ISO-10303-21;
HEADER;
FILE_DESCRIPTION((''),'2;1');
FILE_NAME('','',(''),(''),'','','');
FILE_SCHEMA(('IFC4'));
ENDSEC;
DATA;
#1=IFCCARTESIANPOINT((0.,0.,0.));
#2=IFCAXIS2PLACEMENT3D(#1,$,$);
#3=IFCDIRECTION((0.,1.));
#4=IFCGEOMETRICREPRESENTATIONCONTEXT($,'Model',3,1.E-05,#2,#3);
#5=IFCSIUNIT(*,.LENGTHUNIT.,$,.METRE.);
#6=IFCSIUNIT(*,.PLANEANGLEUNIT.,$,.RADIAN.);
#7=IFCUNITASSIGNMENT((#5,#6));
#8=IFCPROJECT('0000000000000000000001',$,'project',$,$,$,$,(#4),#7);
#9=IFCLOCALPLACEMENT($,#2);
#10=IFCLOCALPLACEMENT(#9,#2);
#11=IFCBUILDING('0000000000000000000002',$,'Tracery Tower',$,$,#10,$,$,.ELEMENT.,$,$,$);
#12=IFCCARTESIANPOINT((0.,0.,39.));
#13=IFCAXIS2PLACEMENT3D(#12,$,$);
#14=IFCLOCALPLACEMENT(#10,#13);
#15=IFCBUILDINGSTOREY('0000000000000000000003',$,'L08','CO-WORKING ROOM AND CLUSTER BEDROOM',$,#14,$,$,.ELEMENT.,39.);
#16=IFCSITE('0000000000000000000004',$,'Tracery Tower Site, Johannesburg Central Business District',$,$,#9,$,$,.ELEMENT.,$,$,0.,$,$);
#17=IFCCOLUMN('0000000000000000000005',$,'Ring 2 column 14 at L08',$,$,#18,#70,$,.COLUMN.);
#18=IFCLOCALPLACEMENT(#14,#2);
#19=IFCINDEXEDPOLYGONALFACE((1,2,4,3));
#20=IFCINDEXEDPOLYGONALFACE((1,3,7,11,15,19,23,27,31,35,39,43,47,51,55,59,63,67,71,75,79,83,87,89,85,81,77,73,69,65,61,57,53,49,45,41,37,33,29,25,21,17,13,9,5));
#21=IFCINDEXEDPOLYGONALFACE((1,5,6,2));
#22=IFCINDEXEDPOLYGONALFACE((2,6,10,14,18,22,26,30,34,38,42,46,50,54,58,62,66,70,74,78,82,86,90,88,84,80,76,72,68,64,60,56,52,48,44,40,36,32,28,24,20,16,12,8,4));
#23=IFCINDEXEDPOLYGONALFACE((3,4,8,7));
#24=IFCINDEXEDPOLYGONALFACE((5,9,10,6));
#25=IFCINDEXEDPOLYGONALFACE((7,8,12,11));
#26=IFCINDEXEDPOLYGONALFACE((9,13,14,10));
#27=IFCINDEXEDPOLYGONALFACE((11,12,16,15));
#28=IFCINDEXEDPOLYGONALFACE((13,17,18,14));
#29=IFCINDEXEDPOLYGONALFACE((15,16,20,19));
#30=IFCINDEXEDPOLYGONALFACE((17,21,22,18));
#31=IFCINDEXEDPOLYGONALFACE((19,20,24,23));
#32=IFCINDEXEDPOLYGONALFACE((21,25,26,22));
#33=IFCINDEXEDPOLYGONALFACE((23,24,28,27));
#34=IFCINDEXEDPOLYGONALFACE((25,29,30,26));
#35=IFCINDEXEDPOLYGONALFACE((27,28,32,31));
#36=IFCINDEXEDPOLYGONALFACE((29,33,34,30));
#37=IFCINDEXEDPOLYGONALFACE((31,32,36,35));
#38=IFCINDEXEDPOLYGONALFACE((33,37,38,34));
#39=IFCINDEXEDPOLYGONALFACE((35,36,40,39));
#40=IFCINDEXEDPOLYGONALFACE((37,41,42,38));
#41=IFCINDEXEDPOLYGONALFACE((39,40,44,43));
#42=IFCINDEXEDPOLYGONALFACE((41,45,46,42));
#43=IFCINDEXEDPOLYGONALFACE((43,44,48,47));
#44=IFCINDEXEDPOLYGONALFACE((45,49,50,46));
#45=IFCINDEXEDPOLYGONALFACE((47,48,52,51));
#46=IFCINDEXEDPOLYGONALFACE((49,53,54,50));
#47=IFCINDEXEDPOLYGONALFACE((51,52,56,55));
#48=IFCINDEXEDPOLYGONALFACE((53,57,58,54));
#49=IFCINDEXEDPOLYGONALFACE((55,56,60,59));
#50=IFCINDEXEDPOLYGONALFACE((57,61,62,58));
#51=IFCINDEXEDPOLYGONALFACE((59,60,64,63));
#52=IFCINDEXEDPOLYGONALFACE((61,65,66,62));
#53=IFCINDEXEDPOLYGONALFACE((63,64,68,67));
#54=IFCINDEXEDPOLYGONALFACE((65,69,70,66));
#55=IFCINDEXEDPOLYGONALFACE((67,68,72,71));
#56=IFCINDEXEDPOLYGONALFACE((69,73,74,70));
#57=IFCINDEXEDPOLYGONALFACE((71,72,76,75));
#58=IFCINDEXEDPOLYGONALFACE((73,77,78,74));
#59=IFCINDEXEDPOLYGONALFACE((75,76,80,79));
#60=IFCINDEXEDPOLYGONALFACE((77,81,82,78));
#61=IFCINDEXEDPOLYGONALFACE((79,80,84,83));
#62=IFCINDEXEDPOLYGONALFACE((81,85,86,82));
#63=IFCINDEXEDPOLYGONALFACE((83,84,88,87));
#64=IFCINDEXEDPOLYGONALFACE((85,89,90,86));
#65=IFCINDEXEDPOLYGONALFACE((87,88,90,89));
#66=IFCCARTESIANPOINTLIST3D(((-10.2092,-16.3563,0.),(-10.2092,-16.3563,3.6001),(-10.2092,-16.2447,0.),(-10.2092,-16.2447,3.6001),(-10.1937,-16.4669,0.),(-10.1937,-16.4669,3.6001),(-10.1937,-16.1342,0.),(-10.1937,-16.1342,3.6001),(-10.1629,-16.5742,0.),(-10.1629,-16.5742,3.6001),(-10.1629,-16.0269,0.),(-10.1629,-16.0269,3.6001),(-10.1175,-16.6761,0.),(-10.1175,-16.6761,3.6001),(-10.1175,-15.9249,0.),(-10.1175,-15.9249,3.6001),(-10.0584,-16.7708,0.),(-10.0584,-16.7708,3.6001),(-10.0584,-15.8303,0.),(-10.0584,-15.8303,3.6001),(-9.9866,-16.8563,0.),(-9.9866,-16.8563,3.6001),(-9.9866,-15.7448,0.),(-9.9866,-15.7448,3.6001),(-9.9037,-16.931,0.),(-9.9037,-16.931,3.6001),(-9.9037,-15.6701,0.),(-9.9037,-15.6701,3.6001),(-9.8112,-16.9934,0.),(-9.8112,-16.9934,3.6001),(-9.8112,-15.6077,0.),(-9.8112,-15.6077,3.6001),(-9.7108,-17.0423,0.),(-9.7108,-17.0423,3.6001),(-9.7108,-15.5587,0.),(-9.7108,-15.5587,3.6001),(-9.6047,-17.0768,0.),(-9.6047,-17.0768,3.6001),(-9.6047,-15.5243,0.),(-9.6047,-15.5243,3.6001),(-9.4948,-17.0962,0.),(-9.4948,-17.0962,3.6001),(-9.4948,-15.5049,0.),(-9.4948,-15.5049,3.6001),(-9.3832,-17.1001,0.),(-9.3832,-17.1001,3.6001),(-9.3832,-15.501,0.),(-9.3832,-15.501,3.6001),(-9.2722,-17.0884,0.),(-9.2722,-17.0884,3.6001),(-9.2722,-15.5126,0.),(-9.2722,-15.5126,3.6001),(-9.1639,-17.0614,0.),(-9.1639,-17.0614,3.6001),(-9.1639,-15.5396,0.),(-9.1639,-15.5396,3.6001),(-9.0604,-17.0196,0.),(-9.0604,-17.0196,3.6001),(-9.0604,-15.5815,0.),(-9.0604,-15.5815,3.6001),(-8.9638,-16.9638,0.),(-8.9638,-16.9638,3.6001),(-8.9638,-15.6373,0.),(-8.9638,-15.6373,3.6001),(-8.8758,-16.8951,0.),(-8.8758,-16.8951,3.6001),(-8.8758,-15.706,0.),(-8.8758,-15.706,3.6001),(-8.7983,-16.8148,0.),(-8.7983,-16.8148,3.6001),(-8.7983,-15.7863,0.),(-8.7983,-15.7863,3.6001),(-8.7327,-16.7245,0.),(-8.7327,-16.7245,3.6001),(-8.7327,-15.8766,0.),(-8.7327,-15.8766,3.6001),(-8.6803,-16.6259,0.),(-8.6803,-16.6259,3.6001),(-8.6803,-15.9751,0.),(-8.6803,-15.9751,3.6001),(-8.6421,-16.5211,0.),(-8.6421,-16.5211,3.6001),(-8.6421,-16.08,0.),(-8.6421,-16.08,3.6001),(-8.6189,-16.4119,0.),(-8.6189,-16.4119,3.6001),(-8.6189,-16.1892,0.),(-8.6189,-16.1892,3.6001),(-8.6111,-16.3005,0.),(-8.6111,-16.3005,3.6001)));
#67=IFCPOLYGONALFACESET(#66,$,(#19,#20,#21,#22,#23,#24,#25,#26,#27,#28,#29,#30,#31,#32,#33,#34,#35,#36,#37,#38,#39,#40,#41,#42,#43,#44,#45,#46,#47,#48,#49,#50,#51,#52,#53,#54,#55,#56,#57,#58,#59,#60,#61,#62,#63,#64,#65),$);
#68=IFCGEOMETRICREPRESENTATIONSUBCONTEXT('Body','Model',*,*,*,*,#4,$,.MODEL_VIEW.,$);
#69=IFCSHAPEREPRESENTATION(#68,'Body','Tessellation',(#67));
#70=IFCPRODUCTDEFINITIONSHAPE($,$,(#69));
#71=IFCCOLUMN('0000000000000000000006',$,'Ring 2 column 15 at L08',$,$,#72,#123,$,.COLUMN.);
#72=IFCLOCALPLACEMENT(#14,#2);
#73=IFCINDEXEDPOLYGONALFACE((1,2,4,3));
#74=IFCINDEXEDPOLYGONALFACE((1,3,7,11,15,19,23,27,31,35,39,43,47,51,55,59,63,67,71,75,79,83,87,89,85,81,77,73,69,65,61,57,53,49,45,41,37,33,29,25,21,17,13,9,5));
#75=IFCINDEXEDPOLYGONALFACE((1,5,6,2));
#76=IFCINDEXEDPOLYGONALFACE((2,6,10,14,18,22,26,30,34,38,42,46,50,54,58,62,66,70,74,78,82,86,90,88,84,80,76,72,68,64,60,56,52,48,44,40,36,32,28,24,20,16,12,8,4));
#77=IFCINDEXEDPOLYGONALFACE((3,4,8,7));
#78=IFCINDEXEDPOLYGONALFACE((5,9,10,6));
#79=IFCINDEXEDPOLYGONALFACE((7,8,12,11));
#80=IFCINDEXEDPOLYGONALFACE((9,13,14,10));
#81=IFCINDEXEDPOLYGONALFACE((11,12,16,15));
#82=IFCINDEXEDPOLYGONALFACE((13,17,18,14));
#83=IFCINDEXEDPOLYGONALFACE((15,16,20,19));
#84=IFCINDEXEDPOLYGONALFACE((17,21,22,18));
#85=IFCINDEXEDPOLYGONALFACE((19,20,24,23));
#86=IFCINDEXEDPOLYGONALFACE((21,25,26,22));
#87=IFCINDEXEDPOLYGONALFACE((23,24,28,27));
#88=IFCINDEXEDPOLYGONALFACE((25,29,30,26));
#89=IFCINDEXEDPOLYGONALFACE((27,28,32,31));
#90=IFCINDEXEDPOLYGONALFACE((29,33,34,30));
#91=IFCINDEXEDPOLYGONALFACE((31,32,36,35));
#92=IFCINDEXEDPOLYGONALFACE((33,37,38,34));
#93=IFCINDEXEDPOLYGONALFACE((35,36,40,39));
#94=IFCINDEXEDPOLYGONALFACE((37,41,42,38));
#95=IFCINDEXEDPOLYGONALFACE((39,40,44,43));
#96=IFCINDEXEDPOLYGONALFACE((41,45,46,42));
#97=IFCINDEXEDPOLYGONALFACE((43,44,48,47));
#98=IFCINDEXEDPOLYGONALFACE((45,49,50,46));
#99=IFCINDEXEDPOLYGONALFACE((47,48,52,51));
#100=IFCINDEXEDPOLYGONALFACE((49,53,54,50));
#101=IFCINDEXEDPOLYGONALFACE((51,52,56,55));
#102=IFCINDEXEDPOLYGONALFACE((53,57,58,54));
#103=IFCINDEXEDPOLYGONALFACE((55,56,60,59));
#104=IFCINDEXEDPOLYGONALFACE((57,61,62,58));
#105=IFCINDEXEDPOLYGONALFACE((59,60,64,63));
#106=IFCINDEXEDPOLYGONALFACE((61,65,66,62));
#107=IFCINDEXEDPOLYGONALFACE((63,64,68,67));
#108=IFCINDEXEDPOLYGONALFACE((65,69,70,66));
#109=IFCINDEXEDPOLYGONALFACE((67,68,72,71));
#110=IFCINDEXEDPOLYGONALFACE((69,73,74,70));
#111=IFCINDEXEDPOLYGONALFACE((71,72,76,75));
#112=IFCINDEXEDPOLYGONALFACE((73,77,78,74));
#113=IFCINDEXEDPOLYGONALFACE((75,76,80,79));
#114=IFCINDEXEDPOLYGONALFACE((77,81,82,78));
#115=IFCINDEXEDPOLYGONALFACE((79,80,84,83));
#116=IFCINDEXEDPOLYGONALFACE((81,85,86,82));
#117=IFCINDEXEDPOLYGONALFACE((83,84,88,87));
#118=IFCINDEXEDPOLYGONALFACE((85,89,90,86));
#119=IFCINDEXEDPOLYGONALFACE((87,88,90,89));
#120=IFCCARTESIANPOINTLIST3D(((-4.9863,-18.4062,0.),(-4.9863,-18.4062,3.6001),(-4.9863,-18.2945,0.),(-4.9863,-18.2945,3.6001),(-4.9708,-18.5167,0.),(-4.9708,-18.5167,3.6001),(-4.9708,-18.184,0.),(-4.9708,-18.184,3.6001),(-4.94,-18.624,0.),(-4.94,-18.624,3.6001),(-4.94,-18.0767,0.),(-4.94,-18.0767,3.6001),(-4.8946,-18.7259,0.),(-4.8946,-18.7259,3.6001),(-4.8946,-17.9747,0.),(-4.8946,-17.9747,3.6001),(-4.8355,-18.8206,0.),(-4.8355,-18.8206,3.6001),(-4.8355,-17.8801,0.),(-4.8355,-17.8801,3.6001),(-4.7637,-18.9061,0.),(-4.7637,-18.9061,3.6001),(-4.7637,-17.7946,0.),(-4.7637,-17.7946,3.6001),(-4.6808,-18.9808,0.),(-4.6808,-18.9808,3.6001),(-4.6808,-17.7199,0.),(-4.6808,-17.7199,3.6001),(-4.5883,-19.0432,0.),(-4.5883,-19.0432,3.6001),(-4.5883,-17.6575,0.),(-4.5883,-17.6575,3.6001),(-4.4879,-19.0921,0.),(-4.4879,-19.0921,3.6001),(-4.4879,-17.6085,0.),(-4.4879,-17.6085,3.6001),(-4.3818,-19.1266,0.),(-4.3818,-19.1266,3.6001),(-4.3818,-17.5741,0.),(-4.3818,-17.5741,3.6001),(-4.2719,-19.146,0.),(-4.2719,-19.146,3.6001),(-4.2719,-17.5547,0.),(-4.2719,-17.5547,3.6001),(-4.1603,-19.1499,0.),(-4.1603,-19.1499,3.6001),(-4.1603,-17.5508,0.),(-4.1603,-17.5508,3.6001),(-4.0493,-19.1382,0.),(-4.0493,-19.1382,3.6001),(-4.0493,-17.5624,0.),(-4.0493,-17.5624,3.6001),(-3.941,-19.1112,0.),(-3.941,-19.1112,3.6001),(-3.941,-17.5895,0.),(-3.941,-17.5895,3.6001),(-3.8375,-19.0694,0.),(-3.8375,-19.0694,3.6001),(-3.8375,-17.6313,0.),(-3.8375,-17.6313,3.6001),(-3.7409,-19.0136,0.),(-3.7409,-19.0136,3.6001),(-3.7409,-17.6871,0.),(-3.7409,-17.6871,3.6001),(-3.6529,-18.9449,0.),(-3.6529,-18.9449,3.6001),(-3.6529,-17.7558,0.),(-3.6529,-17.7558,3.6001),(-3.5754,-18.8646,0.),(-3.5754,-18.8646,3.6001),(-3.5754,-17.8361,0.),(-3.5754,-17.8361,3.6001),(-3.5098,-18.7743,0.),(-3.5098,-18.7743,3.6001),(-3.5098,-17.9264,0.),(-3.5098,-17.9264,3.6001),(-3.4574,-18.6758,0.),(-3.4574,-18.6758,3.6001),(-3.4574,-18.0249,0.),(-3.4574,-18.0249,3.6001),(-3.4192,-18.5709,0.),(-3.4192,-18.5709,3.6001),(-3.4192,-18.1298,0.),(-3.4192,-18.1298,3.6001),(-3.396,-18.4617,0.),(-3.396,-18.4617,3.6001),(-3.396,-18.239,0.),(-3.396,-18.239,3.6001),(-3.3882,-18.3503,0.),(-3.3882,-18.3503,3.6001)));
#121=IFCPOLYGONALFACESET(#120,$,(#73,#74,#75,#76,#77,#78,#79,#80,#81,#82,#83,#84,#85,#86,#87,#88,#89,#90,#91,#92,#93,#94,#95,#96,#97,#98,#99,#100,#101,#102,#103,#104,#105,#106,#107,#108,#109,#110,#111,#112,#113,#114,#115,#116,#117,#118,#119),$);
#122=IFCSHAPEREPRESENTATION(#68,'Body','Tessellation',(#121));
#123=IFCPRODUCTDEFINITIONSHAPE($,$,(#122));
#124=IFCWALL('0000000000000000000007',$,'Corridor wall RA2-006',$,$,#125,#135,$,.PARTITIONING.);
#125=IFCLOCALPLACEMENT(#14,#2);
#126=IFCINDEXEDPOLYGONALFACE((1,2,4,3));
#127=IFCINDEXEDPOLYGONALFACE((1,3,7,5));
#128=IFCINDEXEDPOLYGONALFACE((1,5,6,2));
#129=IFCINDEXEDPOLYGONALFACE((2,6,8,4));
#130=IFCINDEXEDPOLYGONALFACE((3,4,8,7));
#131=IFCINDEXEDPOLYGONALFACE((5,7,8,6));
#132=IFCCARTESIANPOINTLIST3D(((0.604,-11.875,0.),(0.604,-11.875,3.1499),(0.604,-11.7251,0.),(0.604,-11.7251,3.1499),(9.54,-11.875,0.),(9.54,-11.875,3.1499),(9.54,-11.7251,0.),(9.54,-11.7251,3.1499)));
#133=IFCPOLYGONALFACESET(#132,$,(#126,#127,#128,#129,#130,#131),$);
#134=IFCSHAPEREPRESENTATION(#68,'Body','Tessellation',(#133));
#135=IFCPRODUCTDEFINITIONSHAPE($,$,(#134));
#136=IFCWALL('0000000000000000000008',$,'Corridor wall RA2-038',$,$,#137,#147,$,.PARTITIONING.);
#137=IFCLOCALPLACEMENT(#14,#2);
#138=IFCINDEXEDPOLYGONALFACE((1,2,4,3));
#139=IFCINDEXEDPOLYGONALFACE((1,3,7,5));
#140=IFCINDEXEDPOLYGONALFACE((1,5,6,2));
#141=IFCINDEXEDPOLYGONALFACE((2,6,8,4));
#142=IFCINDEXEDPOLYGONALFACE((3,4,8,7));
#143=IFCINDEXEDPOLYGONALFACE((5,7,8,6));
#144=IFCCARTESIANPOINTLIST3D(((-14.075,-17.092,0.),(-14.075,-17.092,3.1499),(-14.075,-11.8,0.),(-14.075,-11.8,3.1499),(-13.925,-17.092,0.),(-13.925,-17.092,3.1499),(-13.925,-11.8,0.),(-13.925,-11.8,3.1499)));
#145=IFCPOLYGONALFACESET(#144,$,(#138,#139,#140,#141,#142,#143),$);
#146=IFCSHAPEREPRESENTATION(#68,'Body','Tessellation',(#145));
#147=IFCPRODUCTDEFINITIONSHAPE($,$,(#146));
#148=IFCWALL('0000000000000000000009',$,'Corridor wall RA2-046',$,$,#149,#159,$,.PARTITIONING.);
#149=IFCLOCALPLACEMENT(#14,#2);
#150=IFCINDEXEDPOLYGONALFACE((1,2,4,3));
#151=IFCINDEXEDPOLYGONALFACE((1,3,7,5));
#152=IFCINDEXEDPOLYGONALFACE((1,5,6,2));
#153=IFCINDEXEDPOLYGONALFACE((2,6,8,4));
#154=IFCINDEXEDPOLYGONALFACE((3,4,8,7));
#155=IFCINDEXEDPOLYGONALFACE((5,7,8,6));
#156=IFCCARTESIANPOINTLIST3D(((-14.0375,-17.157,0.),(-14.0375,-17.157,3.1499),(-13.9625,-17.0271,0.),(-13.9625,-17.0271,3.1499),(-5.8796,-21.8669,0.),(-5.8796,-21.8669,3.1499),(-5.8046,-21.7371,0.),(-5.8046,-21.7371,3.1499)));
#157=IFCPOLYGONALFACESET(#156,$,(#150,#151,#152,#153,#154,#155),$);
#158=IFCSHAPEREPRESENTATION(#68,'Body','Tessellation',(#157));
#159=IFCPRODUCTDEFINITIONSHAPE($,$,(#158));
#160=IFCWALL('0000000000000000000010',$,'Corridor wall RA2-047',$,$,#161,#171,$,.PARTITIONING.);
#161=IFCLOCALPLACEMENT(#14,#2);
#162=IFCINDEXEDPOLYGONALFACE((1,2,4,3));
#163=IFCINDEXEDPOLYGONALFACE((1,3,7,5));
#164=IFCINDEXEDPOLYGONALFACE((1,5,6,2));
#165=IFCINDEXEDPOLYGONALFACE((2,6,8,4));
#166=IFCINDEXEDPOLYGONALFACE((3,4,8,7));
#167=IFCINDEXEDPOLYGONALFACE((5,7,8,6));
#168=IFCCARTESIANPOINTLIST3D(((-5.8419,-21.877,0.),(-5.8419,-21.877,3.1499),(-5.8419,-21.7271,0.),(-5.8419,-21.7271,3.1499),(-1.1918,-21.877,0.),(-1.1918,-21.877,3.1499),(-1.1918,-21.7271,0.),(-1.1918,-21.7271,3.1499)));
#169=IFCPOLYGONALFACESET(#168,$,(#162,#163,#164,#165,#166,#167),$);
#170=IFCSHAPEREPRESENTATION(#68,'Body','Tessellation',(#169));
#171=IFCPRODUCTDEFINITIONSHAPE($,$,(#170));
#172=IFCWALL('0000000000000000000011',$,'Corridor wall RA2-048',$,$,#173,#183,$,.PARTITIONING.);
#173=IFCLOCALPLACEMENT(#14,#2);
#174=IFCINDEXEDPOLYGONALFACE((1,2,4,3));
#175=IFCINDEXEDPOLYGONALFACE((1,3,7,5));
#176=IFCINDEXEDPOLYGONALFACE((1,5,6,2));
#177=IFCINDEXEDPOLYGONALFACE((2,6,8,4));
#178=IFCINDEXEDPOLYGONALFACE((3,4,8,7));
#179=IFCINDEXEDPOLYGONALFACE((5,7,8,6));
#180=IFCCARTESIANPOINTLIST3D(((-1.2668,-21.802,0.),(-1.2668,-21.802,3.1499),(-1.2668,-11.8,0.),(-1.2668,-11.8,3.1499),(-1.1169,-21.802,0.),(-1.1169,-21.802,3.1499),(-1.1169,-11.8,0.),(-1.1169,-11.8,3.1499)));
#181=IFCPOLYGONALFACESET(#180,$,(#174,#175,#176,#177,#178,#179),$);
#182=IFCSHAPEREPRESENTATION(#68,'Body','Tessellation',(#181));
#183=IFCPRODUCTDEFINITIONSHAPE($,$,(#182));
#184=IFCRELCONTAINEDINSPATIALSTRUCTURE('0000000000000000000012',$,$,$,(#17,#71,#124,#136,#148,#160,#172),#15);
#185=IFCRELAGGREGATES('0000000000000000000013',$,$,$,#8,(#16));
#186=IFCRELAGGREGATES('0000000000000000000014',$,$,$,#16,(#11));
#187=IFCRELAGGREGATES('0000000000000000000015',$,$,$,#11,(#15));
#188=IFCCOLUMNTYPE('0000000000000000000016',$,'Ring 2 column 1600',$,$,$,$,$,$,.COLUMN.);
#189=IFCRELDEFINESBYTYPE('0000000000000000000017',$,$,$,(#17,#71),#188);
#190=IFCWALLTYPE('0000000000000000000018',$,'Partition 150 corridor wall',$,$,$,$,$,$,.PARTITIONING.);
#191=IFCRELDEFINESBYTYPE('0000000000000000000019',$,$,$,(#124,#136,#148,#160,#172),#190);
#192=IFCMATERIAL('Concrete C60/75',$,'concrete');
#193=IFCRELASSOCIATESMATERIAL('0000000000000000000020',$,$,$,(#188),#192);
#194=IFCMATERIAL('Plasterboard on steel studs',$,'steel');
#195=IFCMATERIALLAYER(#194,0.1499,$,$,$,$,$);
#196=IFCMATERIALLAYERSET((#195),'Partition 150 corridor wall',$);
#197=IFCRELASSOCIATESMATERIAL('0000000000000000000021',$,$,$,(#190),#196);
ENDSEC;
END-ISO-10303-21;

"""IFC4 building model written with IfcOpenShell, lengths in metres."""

from ifc_helpers import new_model, si_unit, direction, frame, frame_2d, origin, origin_2d, place, context, subcontext, project, spatial, rectangle, circle, extrude, material, layer, layer_set, material_profile, profile_set, type_object, element, save


model = new_model("IFC4")

# Units and contexts
model_context = context("Model", 3, precision=1e-05, world=origin(), true_north=direction((0.0, 1.0)))
body_context = subcontext(model_context, "Body", "Model", "MODEL_VIEW")
ifc_project = project(units=[si_unit("LENGTHUNIT", "METRE"), si_unit("PLANEANGLEUNIT", "RADIAN")], contexts=[model_context])

# Site, building, storey
site_placement = place(None, origin())
site = spatial("IfcSite", under=ifc_project, at=site_placement, Name="Tracery Tower Site, Johannesburg Central Business District", CompositionType="ELEMENT", RefElevation=0.0)
building_placement = place(site_placement, origin())
building = spatial("IfcBuilding", under=site, at=building_placement, Name="Tracery Tower", CompositionType="ELEMENT")
storey_placement = place(building_placement, frame((0.0, 0.0, 39.0)))
storey = spatial("IfcBuildingStorey", under=building, at=storey_placement, Name="L08", Description="CO-WORKING ROOM AND CLUSTER BEDROOM", CompositionType="ELEMENT", Elevation=39.0)

# Columns
ifc_material_1 = material(Name="Concrete C60/75", Category="concrete")
ifc_material_profile_1 = material_profile(ifc_material_1, circle(Radius=0.8, at=origin_2d()), Name="RC D1600")
ifc_profile_set_1 = profile_set([ifc_material_profile_1], Name="Concrete C60/75")
column_type_1 = type_object("IfcColumnType", Name="Ring 2 column 1600", PredefinedType="COLUMN", material=ifc_profile_set_1)
for number, where, z_axis, x_axis, name in (
    (1, (-9.4111, -16.3005, 0.0), (0.0, 0.0, 1.0), (1.0, 0.0, 0.0), "Ring 2 column 14 at L08"),
    (2, (-4.1882, -18.3503, 0.0), (0.0, 0.0, 1.0), (1.0, 0.0, 0.0), "Ring 2 column 15 at L08"),
):
    element("IfcColumn", number, at=place(storey_placement, frame(where, z_axis=z_axis, x_axis=x_axis)), inside=storey, type_object=column_type_1, Name=name, PredefinedType="COLUMN", context=body_context, shape_type="SweptSolid", body=[
        extrude(circle(Radius=0.8, at=origin_2d()), origin(), (0.0, 0.0, 1.0), 3.6001),
    ])

# Walls
ifc_material_2 = material(Name="Plasterboard on steel studs", Category="steel")
ifc_layer_1 = layer(ifc_material_2, 0.1499)
ifc_layer_set_1 = layer_set([ifc_layer_1], Name="Partition 150 corridor wall")
wall_type_1 = type_object("IfcWallType", Name="Partition 150 corridor wall", PredefinedType="PARTITIONING", material=ifc_layer_set_1)
wall_1_placement = place(storey_placement, frame((0.604, -11.8, 0.0), z_axis=(0.0, 0.0, 1.0), x_axis=(1.0, 0.0, 0.0)))
element("IfcWall", 3, at=wall_1_placement, inside=storey, type_object=wall_type_1, Name="Corridor wall RA2-006", PredefinedType="PARTITIONING", context=body_context, shape_type="SweptSolid", body=[
    extrude(rectangle(XDim=8.936, YDim=0.1499, at=frame_2d((4.468, 0.0))), origin(), (0.0, 0.0, 1.0), 3.1499),
])
wall_2_placement = place(storey_placement, frame((-14.0, -17.092, 0.0), z_axis=(0.0, 0.0, 1.0), x_axis=(0.0, 1.0, 0.0)))
element("IfcWall", 4, at=wall_2_placement, inside=storey, type_object=wall_type_1, Name="Corridor wall RA2-038", PredefinedType="PARTITIONING", context=body_context, shape_type="SweptSolid", body=[
    extrude(rectangle(XDim=5.292, YDim=0.1499, at=frame_2d((2.646, 0.0))), origin(), (0.0, 0.0, 1.0), 3.1499),
])
wall_3_placement = place(storey_placement, frame((-14.0, -17.092, 0.0), z_axis=(0.0, 0.0, 1.0), x_axis=(0.866027, -0.499997, 0.0)))
element("IfcWall", 5, at=wall_3_placement, inside=storey, type_object=wall_type_1, Name="Corridor wall RA2-046", PredefinedType="PARTITIONING", context=body_context, shape_type="SweptSolid", body=[
    extrude(rectangle(XDim=9.4199, YDim=0.1499, at=frame_2d((4.71, 0.0))), origin(), (0.0, 0.0, 1.0), 3.1499),
])
wall_4_placement = place(storey_placement, frame((-5.842, -21.802, 0.0), z_axis=(0.0, 0.0, 1.0), x_axis=(1.0, 0.0, 0.0)))
element("IfcWall", 6, at=wall_4_placement, inside=storey, type_object=wall_type_1, Name="Corridor wall RA2-047", PredefinedType="PARTITIONING", context=body_context, shape_type="SweptSolid", body=[
    extrude(rectangle(XDim=4.6501, YDim=0.1499, at=frame_2d((2.3252, 0.0))), origin(), (0.0, 0.0, 1.0), 3.1499),
])
wall_5_placement = place(storey_placement, frame((-1.1919, -21.802, 0.0), z_axis=(0.0, 0.0, 1.0), x_axis=(0.0, 1.0, 0.0)))
element("IfcWall", 7, at=wall_5_placement, inside=storey, type_object=wall_type_1, Name="Corridor wall RA2-048", PredefinedType="PARTITIONING", context=body_context, shape_type="SweptSolid", body=[
    extrude(rectangle(XDim=10.002, YDim=0.1499, at=frame_2d((5.001, 0.0))), origin(), (0.0, 0.0, 1.0), 3.1499),
])

save(model, "model.ifc")
